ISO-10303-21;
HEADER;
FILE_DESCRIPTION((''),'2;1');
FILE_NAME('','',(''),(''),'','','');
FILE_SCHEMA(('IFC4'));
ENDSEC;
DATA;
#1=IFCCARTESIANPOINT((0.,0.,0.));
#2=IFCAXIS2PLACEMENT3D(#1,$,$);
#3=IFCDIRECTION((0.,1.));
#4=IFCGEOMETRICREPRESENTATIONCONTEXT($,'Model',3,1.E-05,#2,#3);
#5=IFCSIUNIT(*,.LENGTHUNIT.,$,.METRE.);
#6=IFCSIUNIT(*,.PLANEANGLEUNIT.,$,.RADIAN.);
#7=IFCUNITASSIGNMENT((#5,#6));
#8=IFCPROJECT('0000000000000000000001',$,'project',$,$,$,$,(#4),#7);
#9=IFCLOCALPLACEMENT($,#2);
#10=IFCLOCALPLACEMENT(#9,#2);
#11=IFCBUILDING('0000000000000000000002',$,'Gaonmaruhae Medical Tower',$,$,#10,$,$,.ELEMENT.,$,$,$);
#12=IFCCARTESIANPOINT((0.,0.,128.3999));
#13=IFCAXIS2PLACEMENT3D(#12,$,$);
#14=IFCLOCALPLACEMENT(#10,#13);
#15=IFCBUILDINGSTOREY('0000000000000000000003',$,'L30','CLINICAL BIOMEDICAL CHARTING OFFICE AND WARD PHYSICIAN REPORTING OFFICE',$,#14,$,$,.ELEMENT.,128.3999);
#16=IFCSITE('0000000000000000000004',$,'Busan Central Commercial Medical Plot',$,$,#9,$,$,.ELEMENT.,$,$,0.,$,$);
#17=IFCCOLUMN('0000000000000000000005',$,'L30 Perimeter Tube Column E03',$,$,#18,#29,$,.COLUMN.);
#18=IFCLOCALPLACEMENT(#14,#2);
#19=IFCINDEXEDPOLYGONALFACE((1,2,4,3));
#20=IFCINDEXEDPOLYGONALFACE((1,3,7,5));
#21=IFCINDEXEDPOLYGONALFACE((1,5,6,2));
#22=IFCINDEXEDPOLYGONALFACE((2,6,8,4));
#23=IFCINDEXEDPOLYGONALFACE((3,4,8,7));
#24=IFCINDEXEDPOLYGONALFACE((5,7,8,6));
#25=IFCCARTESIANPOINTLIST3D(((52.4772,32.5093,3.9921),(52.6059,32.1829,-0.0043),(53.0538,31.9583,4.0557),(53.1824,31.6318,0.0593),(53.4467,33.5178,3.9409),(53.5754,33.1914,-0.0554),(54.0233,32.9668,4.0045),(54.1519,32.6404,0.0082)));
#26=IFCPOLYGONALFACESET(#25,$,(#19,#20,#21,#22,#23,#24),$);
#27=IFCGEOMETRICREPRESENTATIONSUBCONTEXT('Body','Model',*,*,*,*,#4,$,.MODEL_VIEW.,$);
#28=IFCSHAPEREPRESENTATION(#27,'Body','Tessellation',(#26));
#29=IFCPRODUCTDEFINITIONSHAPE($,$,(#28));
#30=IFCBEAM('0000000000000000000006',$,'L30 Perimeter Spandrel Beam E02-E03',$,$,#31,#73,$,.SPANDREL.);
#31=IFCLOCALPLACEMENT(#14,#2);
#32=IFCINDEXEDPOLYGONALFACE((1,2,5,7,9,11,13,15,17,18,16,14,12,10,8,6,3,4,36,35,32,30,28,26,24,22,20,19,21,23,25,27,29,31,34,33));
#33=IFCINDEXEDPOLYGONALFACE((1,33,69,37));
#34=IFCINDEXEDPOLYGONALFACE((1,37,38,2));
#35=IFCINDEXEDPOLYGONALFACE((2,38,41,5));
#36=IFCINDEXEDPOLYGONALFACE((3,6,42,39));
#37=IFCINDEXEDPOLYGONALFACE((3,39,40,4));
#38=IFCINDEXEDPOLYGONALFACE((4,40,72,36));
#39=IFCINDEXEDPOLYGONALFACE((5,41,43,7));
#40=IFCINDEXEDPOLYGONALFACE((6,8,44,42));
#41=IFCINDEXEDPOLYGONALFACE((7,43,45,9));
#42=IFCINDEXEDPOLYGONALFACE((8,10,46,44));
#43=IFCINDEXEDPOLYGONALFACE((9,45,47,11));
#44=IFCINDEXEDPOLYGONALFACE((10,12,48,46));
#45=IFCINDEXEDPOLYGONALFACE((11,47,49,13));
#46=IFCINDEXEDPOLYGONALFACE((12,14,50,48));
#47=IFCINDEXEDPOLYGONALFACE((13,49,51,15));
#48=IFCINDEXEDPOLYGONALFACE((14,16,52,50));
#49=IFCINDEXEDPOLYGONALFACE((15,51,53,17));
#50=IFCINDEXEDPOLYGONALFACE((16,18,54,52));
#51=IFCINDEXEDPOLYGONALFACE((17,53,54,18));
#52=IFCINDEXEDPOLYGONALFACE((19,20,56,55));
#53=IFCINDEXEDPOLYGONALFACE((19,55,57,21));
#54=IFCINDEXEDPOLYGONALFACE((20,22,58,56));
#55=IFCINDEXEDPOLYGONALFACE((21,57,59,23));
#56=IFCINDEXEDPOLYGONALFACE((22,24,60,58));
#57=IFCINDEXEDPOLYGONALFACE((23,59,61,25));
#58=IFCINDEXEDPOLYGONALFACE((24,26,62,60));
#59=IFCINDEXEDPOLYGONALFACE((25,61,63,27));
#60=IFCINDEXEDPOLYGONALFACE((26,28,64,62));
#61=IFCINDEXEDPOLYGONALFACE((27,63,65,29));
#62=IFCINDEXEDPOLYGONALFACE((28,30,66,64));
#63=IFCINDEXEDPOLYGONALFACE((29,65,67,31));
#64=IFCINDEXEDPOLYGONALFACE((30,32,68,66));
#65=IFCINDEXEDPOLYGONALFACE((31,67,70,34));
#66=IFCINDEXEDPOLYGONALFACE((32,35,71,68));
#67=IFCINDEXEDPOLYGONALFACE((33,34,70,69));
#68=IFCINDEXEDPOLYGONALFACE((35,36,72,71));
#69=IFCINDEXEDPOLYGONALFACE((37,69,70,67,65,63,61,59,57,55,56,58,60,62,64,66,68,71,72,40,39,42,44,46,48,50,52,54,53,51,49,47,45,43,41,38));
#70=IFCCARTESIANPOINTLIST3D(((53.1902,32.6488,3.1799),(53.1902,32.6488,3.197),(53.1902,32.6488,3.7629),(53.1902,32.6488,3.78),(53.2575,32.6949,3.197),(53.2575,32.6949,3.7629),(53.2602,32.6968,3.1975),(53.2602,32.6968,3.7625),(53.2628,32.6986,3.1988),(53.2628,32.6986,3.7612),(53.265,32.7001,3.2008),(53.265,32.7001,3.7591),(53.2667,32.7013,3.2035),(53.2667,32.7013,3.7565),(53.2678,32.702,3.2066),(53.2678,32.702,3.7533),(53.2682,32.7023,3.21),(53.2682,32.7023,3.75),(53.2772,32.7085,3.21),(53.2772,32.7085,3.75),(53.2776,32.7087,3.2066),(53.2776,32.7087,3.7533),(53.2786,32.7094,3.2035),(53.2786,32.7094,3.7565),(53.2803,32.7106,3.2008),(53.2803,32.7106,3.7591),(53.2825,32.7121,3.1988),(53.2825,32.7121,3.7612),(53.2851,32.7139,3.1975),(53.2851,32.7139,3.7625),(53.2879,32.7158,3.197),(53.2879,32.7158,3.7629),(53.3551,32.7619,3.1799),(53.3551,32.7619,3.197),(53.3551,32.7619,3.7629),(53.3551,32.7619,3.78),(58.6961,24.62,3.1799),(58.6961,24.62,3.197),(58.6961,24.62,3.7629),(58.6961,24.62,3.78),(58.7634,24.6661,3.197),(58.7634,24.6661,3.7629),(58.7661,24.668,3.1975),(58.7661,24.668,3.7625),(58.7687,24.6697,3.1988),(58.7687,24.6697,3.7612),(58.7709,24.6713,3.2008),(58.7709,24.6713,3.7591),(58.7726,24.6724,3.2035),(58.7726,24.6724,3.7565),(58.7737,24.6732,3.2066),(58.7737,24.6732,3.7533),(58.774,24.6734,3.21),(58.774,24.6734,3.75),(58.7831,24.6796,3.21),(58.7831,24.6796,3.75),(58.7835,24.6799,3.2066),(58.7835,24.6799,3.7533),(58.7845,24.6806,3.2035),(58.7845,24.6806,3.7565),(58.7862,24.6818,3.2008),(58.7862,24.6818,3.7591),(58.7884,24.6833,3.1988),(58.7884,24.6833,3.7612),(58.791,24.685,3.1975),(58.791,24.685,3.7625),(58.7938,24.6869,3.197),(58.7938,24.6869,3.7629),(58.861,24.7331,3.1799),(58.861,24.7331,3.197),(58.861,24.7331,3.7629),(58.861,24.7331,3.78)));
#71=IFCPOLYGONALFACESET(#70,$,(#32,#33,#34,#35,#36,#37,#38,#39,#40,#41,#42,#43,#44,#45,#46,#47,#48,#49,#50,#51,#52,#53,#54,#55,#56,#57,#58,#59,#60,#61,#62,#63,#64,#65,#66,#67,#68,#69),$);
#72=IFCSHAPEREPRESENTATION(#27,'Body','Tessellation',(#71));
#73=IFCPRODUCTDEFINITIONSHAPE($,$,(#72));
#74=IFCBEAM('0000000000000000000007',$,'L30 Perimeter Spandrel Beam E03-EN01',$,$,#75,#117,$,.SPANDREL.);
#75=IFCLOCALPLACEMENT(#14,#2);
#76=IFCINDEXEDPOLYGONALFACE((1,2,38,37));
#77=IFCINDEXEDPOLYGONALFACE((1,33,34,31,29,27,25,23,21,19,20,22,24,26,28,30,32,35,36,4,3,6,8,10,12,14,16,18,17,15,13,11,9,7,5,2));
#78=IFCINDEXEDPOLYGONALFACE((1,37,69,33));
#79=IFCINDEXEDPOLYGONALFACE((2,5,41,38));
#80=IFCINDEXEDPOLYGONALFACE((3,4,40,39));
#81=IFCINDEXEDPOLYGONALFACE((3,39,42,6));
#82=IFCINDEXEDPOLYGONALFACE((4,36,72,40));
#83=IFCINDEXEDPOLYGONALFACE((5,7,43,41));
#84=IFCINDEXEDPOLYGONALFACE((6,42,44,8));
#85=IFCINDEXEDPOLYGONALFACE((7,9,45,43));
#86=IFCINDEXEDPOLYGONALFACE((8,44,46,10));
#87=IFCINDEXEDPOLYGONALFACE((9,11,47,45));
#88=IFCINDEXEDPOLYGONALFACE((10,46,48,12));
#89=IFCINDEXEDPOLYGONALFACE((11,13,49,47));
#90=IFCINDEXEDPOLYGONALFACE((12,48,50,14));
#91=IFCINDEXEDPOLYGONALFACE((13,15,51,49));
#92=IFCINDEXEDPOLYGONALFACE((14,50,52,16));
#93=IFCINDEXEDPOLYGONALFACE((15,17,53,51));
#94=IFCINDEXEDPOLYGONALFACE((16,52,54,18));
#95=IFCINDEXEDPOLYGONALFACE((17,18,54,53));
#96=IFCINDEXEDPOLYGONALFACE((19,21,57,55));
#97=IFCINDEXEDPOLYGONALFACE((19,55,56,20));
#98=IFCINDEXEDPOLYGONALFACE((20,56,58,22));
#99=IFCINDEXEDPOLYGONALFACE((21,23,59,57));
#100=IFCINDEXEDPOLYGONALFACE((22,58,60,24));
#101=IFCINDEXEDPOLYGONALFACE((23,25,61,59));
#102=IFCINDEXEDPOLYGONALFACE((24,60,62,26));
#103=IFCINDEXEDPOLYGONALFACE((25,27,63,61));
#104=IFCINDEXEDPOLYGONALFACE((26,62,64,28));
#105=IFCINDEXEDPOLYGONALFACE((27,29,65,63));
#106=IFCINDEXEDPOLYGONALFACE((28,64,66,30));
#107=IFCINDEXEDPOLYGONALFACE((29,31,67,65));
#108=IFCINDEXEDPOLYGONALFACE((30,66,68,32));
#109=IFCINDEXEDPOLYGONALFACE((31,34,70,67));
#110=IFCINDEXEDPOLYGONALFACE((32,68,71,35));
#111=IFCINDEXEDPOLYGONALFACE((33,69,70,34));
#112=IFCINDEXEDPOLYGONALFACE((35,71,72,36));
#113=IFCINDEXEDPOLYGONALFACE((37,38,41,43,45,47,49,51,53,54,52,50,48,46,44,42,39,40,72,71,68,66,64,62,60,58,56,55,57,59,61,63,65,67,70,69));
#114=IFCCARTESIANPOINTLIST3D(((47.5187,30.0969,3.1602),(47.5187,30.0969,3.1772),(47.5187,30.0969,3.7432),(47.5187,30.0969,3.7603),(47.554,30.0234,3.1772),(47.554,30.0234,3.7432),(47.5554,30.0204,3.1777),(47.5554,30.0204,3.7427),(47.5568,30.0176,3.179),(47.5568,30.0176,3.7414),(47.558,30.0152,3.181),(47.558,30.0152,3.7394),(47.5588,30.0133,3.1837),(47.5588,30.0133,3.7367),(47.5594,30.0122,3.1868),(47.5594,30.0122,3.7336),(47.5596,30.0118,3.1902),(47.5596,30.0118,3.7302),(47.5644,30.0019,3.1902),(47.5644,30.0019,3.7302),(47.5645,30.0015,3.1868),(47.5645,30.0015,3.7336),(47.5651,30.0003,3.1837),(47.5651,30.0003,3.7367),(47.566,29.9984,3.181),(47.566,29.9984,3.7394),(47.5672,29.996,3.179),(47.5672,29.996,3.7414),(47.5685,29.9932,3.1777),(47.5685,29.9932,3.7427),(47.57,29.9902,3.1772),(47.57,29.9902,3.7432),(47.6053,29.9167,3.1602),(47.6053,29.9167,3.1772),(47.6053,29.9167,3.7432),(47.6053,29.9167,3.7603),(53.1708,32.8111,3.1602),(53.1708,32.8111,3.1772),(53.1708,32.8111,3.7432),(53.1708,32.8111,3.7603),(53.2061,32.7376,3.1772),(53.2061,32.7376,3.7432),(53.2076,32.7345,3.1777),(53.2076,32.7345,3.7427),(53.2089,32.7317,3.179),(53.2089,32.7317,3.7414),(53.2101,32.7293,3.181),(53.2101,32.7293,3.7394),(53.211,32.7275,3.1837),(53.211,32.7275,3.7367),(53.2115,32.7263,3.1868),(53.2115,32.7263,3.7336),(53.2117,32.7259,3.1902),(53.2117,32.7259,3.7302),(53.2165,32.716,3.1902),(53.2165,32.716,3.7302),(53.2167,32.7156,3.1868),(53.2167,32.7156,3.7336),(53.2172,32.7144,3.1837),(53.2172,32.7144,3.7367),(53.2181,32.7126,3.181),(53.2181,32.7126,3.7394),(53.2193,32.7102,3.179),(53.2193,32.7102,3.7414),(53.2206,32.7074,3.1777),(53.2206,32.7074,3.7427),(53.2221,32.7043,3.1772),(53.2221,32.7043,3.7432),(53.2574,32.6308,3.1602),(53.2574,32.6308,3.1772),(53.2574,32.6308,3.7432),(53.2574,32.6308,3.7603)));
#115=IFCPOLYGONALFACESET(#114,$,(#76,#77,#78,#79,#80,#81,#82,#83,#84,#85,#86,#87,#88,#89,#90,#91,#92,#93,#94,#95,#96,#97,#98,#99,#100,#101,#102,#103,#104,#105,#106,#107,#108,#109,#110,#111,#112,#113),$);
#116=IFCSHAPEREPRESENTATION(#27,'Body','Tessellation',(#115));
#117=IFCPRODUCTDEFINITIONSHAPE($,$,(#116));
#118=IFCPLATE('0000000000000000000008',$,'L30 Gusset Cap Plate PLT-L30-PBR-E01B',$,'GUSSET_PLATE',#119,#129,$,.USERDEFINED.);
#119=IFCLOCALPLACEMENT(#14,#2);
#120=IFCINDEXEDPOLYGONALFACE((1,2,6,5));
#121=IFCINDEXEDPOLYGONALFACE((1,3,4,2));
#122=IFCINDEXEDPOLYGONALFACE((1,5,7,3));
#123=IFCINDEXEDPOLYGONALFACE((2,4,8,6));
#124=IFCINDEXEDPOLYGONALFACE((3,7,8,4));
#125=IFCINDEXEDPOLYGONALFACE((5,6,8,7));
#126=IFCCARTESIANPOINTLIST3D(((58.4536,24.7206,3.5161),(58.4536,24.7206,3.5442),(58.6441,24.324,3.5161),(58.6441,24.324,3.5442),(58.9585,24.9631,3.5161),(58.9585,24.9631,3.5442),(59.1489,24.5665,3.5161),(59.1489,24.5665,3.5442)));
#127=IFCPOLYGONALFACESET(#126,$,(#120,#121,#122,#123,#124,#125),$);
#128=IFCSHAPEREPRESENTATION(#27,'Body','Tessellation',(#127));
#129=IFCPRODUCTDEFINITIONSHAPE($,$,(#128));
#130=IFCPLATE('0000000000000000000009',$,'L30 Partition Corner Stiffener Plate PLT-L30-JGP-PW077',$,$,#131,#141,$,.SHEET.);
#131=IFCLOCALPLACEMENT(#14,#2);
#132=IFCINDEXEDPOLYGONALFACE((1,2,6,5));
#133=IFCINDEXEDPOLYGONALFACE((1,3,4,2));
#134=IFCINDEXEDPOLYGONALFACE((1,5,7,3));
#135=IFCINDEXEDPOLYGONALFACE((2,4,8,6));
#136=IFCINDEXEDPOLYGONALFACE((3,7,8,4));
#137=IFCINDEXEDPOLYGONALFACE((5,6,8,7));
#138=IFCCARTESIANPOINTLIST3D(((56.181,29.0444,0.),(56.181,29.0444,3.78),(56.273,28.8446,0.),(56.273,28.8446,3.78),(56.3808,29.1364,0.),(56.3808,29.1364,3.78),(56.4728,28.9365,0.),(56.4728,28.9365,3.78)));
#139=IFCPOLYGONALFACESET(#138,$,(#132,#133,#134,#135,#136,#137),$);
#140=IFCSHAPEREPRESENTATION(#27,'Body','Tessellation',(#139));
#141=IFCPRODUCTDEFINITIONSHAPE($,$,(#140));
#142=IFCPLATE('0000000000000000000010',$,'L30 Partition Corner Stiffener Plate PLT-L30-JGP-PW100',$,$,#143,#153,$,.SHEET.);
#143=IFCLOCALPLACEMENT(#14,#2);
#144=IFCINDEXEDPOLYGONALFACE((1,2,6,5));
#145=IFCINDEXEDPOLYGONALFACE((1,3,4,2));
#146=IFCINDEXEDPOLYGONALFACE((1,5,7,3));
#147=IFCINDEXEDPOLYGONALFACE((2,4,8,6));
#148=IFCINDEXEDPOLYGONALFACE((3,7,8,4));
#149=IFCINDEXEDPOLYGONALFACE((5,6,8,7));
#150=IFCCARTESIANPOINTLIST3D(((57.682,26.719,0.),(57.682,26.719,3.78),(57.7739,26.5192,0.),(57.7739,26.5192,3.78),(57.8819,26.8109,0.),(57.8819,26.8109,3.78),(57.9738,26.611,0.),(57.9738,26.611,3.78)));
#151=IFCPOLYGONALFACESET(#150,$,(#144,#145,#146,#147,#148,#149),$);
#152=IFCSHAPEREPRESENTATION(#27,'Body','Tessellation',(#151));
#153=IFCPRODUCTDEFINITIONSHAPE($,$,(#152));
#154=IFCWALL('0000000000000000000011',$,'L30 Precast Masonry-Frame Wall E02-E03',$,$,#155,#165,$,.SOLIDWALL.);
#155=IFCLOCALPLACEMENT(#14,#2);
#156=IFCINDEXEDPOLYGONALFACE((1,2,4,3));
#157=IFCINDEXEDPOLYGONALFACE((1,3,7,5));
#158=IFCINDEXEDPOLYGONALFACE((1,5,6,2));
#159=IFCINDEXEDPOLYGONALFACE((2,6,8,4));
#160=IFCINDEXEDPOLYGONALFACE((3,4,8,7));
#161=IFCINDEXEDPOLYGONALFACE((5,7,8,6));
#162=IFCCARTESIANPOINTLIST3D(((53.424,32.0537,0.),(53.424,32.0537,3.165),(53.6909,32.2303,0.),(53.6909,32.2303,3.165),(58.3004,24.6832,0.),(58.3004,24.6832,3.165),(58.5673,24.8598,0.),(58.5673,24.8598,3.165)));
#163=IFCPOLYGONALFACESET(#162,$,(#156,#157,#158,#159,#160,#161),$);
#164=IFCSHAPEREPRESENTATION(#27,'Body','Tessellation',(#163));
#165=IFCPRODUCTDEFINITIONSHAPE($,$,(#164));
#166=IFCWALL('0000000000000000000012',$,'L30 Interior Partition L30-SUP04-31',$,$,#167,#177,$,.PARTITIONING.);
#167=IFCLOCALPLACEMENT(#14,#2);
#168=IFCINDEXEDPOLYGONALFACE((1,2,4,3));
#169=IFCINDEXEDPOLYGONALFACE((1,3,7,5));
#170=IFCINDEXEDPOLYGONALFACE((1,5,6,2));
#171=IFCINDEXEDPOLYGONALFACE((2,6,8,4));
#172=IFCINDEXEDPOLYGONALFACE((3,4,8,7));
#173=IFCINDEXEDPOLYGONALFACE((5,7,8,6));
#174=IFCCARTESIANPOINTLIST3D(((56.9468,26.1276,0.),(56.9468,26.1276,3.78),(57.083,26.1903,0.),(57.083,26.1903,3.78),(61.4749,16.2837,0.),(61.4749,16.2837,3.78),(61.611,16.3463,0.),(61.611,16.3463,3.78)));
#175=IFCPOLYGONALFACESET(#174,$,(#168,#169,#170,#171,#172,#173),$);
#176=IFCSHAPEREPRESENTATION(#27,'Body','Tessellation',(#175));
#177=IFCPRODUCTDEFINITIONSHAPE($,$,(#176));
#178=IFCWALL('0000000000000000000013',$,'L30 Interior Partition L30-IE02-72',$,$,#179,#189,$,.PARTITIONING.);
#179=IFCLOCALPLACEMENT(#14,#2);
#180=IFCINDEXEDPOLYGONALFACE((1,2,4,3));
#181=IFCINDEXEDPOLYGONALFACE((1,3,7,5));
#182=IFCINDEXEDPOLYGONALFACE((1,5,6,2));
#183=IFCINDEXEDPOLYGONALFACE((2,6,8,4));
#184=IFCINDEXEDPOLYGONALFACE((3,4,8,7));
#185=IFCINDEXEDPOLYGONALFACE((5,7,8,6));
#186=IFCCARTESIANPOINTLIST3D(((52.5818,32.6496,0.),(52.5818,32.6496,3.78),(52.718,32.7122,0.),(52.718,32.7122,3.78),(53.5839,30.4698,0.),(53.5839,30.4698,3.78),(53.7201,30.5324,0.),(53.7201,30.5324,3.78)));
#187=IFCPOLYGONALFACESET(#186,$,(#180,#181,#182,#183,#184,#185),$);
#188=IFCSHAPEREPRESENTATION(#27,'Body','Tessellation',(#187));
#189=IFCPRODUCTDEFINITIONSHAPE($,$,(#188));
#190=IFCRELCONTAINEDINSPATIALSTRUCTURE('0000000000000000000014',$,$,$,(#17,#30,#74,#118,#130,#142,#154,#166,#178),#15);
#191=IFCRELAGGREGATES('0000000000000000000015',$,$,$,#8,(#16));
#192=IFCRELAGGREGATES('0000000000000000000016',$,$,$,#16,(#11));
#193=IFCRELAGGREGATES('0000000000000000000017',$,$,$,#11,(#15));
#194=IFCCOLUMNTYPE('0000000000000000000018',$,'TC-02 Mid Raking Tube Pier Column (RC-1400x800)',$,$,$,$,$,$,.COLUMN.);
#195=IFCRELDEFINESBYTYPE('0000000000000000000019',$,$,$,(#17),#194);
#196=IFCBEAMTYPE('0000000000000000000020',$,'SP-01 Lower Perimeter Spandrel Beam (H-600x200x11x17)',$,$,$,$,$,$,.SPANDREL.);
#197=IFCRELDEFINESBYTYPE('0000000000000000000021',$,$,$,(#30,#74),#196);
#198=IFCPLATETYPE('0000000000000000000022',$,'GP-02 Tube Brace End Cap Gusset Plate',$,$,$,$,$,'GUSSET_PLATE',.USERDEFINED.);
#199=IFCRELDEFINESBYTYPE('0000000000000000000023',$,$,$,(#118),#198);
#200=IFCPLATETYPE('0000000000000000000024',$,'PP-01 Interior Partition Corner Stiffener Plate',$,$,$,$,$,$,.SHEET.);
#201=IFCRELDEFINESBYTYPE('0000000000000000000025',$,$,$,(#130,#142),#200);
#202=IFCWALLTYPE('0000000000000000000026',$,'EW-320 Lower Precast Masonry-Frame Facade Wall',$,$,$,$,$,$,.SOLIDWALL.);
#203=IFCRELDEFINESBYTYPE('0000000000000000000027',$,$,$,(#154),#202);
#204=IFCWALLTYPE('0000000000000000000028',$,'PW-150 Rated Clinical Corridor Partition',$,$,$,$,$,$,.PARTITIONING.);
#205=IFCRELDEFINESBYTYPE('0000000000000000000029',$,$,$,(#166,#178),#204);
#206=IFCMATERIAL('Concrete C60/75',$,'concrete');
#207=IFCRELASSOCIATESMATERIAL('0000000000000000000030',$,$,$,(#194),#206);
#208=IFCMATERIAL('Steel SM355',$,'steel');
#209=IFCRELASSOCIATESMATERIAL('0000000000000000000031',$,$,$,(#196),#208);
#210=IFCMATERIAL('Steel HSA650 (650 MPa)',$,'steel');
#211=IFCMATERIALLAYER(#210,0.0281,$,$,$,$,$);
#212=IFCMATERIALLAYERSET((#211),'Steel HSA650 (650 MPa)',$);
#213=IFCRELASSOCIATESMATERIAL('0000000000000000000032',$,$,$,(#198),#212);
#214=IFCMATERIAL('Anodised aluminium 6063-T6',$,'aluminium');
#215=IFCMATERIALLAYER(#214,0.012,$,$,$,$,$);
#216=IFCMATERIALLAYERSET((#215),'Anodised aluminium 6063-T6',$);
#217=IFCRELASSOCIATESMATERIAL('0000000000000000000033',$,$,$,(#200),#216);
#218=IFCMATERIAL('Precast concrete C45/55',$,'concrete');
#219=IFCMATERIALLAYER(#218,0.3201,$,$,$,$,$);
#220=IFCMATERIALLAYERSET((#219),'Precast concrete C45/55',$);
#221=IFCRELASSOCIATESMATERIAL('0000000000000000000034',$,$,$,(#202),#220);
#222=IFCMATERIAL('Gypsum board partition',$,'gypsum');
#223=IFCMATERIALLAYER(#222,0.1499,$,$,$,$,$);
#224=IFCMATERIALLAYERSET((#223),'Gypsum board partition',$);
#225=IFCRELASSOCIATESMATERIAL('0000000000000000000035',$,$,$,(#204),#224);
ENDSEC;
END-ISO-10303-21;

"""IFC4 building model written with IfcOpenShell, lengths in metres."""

from ifc_helpers import new_model, si_unit, direction, frame, frame_2d, origin, origin_2d, place, context, subcontext, project, spatial, rectangle, i_section, extrude, material, layer, layer_set, material_profile, profile_set, type_object, element, save


model = new_model("IFC4")

# Units and contexts
model_context = context("Model", 3, precision=1e-05, world=origin(), true_north=direction((0.0, 1.0)))
body_context = subcontext(model_context, "Body", "Model", "MODEL_VIEW")
ifc_project = project(units=[si_unit("LENGTHUNIT", "METRE"), si_unit("PLANEANGLEUNIT", "RADIAN")], contexts=[model_context])

# Site, building, storey
site_placement = place(None, origin())
site = spatial("IfcSite", under=ifc_project, at=site_placement, Name="Busan Central Commercial Medical Plot", CompositionType="ELEMENT", RefElevation=0.0)
building_placement = place(site_placement, origin())
building = spatial("IfcBuilding", under=site, at=building_placement, Name="Gaonmaruhae Medical Tower", CompositionType="ELEMENT")
storey_placement = place(building_placement, frame((0.0, 0.0, 128.3999)))
storey = spatial("IfcBuildingStorey", under=building, at=storey_placement, Name="L30", Description="CLINICAL BIOMEDICAL CHARTING OFFICE AND WARD PHYSICIAN REPORTING OFFICE", CompositionType="ELEMENT", Elevation=128.3999)

# Column
ifc_material_1 = material(Name="Concrete C60/75", Category="concrete")
ifc_material_profile_1 = material_profile(ifc_material_1, rectangle(XDim=1.3999, YDim=0.8, at=origin_2d()), Name="RC-1400x800")
ifc_profile_set_1 = profile_set([ifc_material_profile_1], Name="Concrete C60/75")
column_type = type_object("IfcColumnType", Name="TC-02 Mid Raking Tube Pier Column (RC-1400x800)", PredefinedType="COLUMN", material=ifc_profile_set_1)
column_placement = place(storey_placement, frame((53.3789, 32.4116, 0.002), z_axis=(-0.032072, 0.081366, 0.996168), x_axis=(-0.692571, -0.720424, 0.036546)))
element("IfcColumn", 1, at=column_placement, inside=storey, type_object=column_type, Name="L30 Perimeter Tube Column E03", PredefinedType="COLUMN", context=body_context, shape_type="SweptSolid", body=[
    extrude(rectangle(XDim=1.3999, YDim=0.8, at=origin_2d()), origin(), (0.0, 0.0, 1.0), 4.0117),
])

# Beams
ifc_material_2 = material(Name="Steel SM355", Category="steel")
ifc_material_profile_2 = material_profile(ifc_material_2, i_section(OverallWidth=0.2, OverallDepth=0.6001, WebThickness=0.011, FlangeThickness=0.0171, FilletRadius=0.0129, at=origin_2d()), Name="H-600x200x11x17")
ifc_profile_set_2 = profile_set([ifc_material_profile_2], Name="Steel SM355")
beam_type = type_object("IfcBeamType", Name="SP-01 Lower Perimeter Spandrel Beam (H-600x200x11x17)", PredefinedType="SPANDREL", material=ifc_profile_set_2)
beam_1_placement = place(storey_placement, frame((58.7786, 24.6765, 3.48), z_axis=(-0.565556, 0.82471, 0.0), x_axis=(-0.82471, -0.565556, 0.0)))
element("IfcBeam", 2, at=beam_1_placement, inside=storey, type_object=beam_type, Name="L30 Perimeter Spandrel Beam E02-E03", PredefinedType="SPANDREL", context=body_context, shape_type="SweptSolid", body=[
    extrude(i_section(OverallWidth=0.2, OverallDepth=0.6001, WebThickness=0.011, FlangeThickness=0.0171, FilletRadius=0.0129, at=origin_2d()), origin(), (0.0, 0.0, 1.0), 9.7354),
])
beam_2_placement = place(storey_placement, frame((53.2141, 32.7209, 3.4602), z_axis=(-0.901454, -0.432874, 0.0), x_axis=(0.432874, -0.901454, 0.0)))
element("IfcBeam", 3, at=beam_2_placement, inside=storey, type_object=beam_type, Name="L30 Perimeter Spandrel Beam E03-EN01", PredefinedType="SPANDREL", context=body_context, shape_type="SweptSolid", body=[
    extrude(i_section(OverallWidth=0.2, OverallDepth=0.6001, WebThickness=0.011, FlangeThickness=0.0171, FilletRadius=0.0129, at=origin_2d()), origin(), (0.0, 0.0, 1.0), 6.27),
])

# Plates
ifc_material_3 = material(Name="Steel HSA650 (650 MPa)", Category="steel")
ifc_layer_1 = layer(ifc_material_3, 0.0281)
ifc_layer_set_1 = layer_set([ifc_layer_1], Name="Steel HSA650 (650 MPa)")
plate_type_1 = type_object("IfcPlateType", Name="GP-02 Tube Brace End Cap Gusset Plate", ElementType="GUSSET_PLATE", PredefinedType="USERDEFINED", material=ifc_layer_set_1)
plate_placement = place(storey_placement, frame((58.8013, 24.6436, 3.5161), z_axis=(0.0, 0.0, 1.0), x_axis=(0.901455, 0.432873, 0.0)))
element("IfcPlate", 4, at=plate_placement, inside=storey, type_object=plate_type_1, Name="L30 Gusset Cap Plate PLT-L30-PBR-E01B", ObjectType="GUSSET_PLATE", PredefinedType="USERDEFINED", context=body_context, shape_type="SweptSolid", body=[
    extrude(rectangle(XDim=0.5601, YDim=0.4399, at=origin_2d()), origin(), (0.0, 0.0, 1.0), 0.0281),
])
ifc_material_4 = material(Name="Anodised aluminium 6063-T6", Category="aluminium")
ifc_layer_2 = layer(ifc_material_4, 0.012)
ifc_layer_set_2 = layer_set([ifc_layer_2], Name="Anodised aluminium 6063-T6")
plate_type_2 = type_object("IfcPlateType", Name="PP-01 Interior Partition Corner Stiffener Plate", PredefinedType="SHEET", material=ifc_layer_set_2)
for number, where, z_axis, x_axis, name in (
    (5, (56.3269, 28.9905, 0.0), (0.0, 0.0, 1.0), (-0.908457, -0.417978, 0.0), "L30 Partition Corner Stiffener Plate PLT-L30-JGP-PW077"),
    (6, (57.8279, 26.665, 0.0), (0.0, 0.0, 1.0), (0.908603, 0.417661, 0.0), "L30 Partition Corner Stiffener Plate PLT-L30-JGP-PW100"),
):
    element("IfcPlate", number, at=place(storey_placement, frame(where, z_axis=z_axis, x_axis=x_axis)), inside=storey, type_object=plate_type_2, Name=name, PredefinedType="SHEET", context=body_context, shape_type="SweptSolid", body=[
        extrude(rectangle(XDim=0.22, YDim=0.22, at=origin_2d()), origin(), (0.0, 0.0, 1.0), 3.78),
    ])

# Walls
ifc_material_5 = material(Name="Precast concrete C45/55", Category="concrete")
ifc_layer_3 = layer(ifc_material_5, 0.3201)
ifc_layer_set_3 = layer_set([ifc_layer_3], Name="Precast concrete C45/55")
wall_type_1 = type_object("IfcWallType", Name="EW-320 Lower Precast Masonry-Frame Facade Wall", PredefinedType="SOLIDWALL", material=ifc_layer_set_3)
wall_1_placement = place(storey_placement, frame((53.5574, 32.1421, 0.0), z_axis=(0.0, 0.0, 1.0), x_axis=(0.551777, -0.833992, 0.0)))
element("IfcWall", 7, at=wall_1_placement, inside=storey, type_object=wall_type_1, Name="L30 Precast Masonry-Frame Wall E02-E03", PredefinedType="SOLIDWALL", context=body_context, shape_type="SweptSolid", body=[
    extrude(rectangle(XDim=8.8376, YDim=0.3201, at=frame_2d((4.4189, 0.0))), origin(), (0.0, 0.0, 1.0), 3.165),
])
ifc_material_6 = material(Name="Gypsum board partition", Category="gypsum")
ifc_layer_4 = layer(ifc_material_6, 0.1499)
ifc_layer_set_4 = layer_set([ifc_layer_4], Name="Gypsum board partition")
wall_type_2 = type_object("IfcWallType", Name="PW-150 Rated Clinical Corridor Partition", PredefinedType="PARTITIONING", material=ifc_layer_set_4)
wall_2_placement = place(storey_placement, frame((57.0149, 26.1589, 0.0), z_axis=(0.0, 0.0, 1.0), x_axis=(0.417893, -0.908496, 0.0)))
element("IfcWall", 8, at=wall_2_placement, inside=storey, type_object=wall_type_2, Name="L30 Interior Partition L30-SUP04-31", PredefinedType="PARTITIONING", context=body_context, shape_type="SweptSolid", body=[
    extrude(rectangle(XDim=10.8354, YDim=0.1499, at=frame_2d((5.4177, 0.0))), origin(), (0.0, 0.0, 1.0), 3.78),
])
wall_3_placement = place(storey_placement, frame((53.6521, 30.501, 0.0), z_axis=(0.0, 0.0, 1.0), x_axis=(-0.417709, 0.908581, 0.0)))
element("IfcWall", 9, at=wall_3_placement, inside=storey, type_object=wall_type_2, Name="L30 Interior Partition L30-IE02-72", PredefinedType="PARTITIONING", context=body_context, shape_type="SweptSolid", body=[
    extrude(rectangle(XDim=2.3992, YDim=0.1499, at=frame_2d((1.1997, 0.0))), origin(), (0.0, 0.0, 1.0), 3.78),
])

save(model, "model.ifc")
